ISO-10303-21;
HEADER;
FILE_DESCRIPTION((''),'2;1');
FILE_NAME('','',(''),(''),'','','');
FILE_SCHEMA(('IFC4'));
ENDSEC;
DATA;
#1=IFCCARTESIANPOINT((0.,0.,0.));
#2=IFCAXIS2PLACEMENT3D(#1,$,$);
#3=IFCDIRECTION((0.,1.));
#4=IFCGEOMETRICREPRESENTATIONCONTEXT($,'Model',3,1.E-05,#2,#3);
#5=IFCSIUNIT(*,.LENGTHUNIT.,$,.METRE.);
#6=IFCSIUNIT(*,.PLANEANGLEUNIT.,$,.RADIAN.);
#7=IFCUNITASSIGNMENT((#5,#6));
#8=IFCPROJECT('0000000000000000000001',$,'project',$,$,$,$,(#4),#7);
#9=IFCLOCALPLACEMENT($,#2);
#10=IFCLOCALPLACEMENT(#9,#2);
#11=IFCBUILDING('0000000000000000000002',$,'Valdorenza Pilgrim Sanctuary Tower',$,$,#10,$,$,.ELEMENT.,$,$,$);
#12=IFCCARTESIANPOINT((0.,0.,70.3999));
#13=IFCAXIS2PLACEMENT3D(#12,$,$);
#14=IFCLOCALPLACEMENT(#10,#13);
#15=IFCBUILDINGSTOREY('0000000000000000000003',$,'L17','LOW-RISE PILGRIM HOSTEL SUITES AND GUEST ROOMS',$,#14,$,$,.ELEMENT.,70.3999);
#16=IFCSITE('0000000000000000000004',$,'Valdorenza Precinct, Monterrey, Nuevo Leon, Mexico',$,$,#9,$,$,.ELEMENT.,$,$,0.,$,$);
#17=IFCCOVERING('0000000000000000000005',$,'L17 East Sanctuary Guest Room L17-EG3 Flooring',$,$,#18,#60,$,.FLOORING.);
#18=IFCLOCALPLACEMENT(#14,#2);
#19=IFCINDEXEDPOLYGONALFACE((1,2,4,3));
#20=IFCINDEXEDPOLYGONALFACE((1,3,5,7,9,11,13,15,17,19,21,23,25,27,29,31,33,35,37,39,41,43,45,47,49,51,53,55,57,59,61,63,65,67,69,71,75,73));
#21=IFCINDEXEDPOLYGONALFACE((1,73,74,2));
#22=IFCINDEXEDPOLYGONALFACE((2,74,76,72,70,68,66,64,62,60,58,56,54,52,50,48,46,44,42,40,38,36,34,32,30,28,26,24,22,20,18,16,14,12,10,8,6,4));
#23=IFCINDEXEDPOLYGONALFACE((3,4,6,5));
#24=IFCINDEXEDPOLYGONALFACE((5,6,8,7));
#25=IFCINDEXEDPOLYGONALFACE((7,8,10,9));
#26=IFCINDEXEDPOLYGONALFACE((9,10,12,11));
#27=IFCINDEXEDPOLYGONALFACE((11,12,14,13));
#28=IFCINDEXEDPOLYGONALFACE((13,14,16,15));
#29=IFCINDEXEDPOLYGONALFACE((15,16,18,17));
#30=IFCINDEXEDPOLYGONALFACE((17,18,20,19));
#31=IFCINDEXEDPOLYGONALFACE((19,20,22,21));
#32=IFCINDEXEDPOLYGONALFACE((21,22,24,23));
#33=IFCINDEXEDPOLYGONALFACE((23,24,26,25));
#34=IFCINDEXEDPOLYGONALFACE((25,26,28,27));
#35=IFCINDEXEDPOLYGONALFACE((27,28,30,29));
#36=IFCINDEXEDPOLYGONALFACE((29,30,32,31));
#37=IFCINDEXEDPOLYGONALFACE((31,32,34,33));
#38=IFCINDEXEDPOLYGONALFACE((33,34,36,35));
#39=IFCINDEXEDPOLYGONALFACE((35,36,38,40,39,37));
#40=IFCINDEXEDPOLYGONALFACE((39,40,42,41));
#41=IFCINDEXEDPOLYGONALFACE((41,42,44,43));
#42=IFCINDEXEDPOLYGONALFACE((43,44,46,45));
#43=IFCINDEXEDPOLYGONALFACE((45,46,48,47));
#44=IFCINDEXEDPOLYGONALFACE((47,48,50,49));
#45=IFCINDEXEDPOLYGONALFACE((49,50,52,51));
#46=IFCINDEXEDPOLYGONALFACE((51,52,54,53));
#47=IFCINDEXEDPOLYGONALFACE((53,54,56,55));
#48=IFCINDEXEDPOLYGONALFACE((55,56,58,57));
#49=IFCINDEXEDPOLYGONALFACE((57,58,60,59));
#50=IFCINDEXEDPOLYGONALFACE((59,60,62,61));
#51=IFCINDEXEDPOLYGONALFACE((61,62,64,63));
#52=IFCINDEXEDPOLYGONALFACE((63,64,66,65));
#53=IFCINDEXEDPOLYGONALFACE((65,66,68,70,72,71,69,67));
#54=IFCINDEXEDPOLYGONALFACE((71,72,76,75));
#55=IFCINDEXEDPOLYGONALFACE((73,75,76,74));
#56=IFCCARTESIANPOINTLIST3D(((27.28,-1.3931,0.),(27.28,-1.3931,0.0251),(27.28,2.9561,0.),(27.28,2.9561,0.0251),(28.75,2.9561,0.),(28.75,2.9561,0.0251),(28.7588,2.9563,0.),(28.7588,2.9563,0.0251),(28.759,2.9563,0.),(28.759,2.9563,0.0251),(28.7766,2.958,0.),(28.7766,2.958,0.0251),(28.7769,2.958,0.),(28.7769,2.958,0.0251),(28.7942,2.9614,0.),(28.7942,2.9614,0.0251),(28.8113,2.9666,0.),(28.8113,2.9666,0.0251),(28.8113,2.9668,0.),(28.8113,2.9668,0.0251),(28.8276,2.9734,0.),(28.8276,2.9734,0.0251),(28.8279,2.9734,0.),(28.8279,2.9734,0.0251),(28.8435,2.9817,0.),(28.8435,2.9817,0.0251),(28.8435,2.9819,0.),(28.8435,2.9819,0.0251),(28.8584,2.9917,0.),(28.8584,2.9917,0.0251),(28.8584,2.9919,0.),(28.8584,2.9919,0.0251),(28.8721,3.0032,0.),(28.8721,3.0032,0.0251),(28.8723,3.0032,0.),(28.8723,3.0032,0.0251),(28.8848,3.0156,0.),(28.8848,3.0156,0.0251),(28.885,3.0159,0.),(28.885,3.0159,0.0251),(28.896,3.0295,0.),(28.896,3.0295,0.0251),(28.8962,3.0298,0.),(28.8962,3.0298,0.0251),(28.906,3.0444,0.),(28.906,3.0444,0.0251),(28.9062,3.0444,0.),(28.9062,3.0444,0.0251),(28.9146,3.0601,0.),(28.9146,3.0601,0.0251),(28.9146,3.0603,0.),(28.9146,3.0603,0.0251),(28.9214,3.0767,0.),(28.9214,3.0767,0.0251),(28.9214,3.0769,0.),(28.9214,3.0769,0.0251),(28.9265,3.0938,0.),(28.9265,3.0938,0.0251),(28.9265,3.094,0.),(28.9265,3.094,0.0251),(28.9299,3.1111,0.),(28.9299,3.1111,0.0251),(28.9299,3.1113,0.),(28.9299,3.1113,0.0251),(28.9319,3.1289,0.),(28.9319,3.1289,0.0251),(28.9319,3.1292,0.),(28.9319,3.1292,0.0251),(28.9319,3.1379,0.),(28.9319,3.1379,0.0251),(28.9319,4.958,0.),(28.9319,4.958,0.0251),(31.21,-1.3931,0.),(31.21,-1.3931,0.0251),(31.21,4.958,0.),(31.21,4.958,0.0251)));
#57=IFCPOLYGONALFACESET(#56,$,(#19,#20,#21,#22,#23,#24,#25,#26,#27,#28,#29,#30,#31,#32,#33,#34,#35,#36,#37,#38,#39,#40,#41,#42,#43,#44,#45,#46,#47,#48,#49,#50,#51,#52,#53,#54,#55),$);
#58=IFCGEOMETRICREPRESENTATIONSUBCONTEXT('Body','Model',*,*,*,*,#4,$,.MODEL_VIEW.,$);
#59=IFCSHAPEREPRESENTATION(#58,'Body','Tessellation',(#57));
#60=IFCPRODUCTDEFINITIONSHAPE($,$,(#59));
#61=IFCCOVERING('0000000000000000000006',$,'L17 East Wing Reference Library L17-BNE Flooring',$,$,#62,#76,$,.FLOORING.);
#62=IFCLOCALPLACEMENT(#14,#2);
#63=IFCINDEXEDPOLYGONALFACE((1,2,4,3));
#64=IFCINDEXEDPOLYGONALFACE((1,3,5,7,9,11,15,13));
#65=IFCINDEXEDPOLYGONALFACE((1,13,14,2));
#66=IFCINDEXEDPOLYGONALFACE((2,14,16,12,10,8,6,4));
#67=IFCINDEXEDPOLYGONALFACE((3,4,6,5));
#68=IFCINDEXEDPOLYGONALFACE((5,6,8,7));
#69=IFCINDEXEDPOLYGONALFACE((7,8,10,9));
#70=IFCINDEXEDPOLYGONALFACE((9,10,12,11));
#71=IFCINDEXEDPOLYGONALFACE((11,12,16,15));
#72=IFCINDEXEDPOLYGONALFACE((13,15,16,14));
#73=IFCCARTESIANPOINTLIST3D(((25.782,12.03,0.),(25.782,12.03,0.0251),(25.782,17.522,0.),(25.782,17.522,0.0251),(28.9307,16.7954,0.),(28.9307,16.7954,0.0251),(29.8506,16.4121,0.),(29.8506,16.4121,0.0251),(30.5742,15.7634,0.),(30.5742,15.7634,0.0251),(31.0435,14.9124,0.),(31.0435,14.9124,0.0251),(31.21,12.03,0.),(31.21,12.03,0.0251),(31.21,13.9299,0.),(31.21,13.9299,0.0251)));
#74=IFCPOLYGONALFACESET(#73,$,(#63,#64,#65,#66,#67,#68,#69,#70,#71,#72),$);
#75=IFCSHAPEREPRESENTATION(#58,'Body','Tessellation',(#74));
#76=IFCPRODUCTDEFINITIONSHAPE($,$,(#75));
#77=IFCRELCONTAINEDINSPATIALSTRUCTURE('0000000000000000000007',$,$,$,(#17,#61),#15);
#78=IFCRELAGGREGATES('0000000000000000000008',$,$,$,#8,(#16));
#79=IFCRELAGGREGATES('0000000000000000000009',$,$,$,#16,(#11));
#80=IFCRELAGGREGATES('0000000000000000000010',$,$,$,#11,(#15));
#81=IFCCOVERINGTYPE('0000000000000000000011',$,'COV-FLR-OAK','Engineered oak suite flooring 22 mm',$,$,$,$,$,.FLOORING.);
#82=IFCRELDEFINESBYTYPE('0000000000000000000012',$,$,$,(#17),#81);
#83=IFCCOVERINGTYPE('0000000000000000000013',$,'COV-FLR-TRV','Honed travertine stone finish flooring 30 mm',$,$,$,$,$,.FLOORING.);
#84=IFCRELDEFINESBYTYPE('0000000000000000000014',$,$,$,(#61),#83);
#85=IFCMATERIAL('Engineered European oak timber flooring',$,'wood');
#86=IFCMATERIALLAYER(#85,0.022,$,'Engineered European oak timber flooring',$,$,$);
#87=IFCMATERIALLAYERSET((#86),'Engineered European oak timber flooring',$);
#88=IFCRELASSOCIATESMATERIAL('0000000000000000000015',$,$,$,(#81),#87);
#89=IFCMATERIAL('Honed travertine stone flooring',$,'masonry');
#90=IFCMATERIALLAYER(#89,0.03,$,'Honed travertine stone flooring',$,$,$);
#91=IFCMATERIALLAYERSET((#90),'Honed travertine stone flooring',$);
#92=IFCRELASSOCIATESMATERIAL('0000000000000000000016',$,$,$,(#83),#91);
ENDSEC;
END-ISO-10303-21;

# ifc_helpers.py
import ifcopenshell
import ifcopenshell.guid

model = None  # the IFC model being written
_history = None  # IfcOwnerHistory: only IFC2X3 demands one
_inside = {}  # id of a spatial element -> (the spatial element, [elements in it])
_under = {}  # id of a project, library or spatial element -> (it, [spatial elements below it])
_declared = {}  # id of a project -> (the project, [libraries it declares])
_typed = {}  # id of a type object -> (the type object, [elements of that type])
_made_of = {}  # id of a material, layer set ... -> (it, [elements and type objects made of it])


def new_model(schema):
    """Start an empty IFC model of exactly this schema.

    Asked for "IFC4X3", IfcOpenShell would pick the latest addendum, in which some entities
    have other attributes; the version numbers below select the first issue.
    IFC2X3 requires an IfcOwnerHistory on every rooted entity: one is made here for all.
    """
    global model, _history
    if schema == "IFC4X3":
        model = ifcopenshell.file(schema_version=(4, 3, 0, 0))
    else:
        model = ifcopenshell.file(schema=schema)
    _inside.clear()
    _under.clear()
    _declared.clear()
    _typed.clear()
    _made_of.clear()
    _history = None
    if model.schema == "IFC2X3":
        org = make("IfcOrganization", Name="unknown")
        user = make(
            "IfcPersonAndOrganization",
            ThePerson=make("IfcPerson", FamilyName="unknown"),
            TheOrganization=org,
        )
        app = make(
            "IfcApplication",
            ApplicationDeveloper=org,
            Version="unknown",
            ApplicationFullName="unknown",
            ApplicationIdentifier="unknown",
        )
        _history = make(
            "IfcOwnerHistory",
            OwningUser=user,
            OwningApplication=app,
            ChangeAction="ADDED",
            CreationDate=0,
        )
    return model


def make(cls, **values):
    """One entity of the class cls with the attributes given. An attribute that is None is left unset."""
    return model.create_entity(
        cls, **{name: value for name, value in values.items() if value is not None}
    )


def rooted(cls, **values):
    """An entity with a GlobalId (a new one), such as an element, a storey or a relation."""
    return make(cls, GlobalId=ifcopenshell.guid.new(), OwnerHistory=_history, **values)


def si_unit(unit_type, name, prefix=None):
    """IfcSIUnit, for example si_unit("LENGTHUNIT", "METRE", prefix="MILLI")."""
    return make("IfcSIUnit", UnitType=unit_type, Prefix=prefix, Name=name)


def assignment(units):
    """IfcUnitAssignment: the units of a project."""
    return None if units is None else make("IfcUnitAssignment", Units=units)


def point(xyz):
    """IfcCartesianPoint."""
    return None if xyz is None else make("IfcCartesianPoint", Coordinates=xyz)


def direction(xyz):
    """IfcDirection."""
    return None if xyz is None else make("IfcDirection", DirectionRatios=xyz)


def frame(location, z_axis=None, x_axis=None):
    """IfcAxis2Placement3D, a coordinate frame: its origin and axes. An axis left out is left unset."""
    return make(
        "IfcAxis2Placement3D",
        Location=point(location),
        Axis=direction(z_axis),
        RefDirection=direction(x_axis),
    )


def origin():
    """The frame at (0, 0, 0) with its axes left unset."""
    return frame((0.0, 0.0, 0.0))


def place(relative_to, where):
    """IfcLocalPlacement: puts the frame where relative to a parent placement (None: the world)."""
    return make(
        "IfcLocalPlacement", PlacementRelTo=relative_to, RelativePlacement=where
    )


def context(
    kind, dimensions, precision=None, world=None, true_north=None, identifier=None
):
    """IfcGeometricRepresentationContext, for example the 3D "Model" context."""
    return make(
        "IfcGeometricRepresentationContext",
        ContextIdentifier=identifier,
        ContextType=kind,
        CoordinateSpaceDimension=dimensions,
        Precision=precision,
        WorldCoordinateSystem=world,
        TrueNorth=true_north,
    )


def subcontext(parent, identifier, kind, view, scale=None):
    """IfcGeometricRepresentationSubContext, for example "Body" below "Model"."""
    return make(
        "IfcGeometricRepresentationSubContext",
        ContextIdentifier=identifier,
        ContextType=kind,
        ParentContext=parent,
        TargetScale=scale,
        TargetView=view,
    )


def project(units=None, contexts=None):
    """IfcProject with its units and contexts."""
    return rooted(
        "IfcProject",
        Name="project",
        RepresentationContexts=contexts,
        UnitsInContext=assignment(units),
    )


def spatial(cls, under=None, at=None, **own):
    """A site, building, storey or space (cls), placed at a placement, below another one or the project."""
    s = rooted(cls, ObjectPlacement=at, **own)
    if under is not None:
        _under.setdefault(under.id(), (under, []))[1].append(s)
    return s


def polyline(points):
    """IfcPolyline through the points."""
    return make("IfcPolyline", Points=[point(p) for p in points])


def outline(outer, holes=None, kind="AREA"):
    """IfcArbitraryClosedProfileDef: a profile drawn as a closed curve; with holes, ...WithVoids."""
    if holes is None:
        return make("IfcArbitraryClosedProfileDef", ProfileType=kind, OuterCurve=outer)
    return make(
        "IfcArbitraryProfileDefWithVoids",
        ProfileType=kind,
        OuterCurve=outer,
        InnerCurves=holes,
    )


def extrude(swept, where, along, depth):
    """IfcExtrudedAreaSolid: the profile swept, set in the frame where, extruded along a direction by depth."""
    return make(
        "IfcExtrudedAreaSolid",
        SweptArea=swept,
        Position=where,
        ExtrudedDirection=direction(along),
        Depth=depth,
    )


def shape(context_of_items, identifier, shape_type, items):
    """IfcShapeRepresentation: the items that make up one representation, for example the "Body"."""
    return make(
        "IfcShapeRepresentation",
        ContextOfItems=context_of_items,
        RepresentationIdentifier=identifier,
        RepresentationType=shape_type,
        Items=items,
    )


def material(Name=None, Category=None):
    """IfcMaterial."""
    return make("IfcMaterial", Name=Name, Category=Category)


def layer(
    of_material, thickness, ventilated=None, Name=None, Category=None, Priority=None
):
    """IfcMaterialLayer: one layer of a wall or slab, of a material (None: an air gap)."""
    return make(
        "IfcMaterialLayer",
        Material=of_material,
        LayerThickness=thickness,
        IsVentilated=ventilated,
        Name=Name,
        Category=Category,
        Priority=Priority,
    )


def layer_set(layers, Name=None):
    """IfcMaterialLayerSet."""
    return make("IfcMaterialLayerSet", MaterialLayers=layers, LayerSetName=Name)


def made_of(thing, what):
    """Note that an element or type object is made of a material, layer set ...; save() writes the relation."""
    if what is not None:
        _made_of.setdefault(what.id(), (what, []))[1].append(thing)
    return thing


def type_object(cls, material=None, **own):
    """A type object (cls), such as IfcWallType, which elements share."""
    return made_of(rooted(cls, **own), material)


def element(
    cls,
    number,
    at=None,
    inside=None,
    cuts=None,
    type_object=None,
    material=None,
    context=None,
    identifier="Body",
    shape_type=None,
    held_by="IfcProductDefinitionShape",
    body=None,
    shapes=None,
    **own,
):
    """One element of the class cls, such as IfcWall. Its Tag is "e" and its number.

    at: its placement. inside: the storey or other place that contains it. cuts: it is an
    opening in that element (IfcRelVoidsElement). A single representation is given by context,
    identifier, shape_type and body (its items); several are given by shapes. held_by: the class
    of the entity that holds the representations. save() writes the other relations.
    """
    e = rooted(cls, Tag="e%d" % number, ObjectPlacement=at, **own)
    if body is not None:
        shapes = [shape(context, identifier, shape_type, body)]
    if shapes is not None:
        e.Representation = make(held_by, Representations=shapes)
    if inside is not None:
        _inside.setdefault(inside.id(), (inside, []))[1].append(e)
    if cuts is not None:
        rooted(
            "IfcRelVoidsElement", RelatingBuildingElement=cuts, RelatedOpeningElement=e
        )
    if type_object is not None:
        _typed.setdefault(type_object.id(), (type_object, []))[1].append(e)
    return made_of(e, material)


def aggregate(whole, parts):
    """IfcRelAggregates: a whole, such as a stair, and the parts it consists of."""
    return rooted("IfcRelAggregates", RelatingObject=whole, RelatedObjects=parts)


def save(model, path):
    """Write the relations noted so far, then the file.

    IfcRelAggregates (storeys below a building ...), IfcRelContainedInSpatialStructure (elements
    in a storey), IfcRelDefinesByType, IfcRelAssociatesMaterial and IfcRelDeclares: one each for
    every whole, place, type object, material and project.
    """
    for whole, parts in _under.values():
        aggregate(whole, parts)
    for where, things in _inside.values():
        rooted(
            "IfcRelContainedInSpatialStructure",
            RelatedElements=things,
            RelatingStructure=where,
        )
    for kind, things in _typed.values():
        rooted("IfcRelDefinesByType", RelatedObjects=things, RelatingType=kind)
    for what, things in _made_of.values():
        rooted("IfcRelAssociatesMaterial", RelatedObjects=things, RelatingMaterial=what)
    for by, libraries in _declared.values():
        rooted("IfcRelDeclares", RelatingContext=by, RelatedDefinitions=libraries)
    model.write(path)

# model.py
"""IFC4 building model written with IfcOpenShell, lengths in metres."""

from ifc_helpers import new_model, si_unit, direction, frame, origin, place, context, subcontext, project, spatial, polyline, outline, extrude, material, layer, layer_set, type_object, element, save


model = new_model("IFC4")

# Units and contexts
model_context = context("Model", 3, precision=1e-05, world=origin(), true_north=direction((0.0, 1.0)))
body_context = subcontext(model_context, "Body", "Model", "MODEL_VIEW")
ifc_project = project(units=[si_unit("LENGTHUNIT", "METRE"), si_unit("PLANEANGLEUNIT", "RADIAN")], contexts=[model_context])

# Site, building, storey
site_placement = place(None, origin())
site = spatial("IfcSite", under=ifc_project, at=site_placement, Name="Valdorenza Precinct, Monterrey, Nuevo Leon, Mexico", CompositionType="ELEMENT", RefElevation=0.0)
building_placement = place(site_placement, origin())
building = spatial("IfcBuilding", under=site, at=building_placement, Name="Valdorenza Pilgrim Sanctuary Tower", CompositionType="ELEMENT")
storey_placement = place(building_placement, frame((0.0, 0.0, 70.3999)))
storey = spatial("IfcBuildingStorey", under=building, at=storey_placement, Name="L17", Description="LOW-RISE PILGRIM HOSTEL SUITES AND GUEST ROOMS", CompositionType="ELEMENT", Elevation=70.3999)

# Coverings
ifc_material_1 = material(Name="Engineered European oak timber flooring", Category="wood")
ifc_layer_1 = layer(ifc_material_1, 0.022, Name="Engineered European oak timber flooring")
ifc_layer_set_1 = layer_set([ifc_layer_1], Name="Engineered European oak timber flooring")
covering_type_1 = type_object("IfcCoveringType", Name="COV-FLR-OAK", Description="Engineered oak suite flooring 22 mm", PredefinedType="FLOORING", material=ifc_layer_set_1)
covering_1_placement = place(storey_placement, origin())
element("IfcCovering", 1, at=covering_1_placement, inside=storey, type_object=covering_type_1, Name="L17 East Sanctuary Guest Room L17-EG3 Flooring", PredefinedType="FLOORING", context=body_context, shape_type="SweptSolid", body=[
    extrude(outline(polyline([(27.28, 2.9561), (28.75, 2.9561), (28.7588, 2.9563), (28.759, 2.9563), (28.7766, 2.958), (28.7769, 2.958), (28.7942, 2.9614), (28.7942, 2.9614), (28.8113, 2.9666), (28.8113, 2.9668), (28.8276, 2.9734), (28.8279, 2.9734), (28.8435, 2.9817), (28.8435, 2.9819), (28.8584, 2.9917), (28.8584, 2.9919), (28.8721, 3.0032), (28.8723, 3.0032), (28.8848, 3.0156), (28.885, 3.0159), (28.896, 3.0295), (28.8962, 3.0298), (28.906, 3.0444), (28.9062, 3.0444), (28.9146, 3.0601), (28.9146, 3.0603), (28.9214, 3.0767), (28.9214, 3.0769), (28.9265, 3.0938), (28.9265, 3.094), (28.9299, 3.1111), (28.9299, 3.1113), (28.9319, 3.1289), (28.9319, 3.1292), (28.9319, 3.1379), (28.9319, 4.958), (31.21, 4.958), (31.21, -1.3931), (27.28, -1.3931), (27.28, 2.9561)])), origin(), (0.0, 0.0, 1.0), 0.0251),
])
ifc_material_2 = material(Name="Honed travertine stone flooring", Category="masonry")
ifc_layer_2 = layer(ifc_material_2, 0.03, Name="Honed travertine stone flooring")
ifc_layer_set_2 = layer_set([ifc_layer_2], Name="Honed travertine stone flooring")
covering_type_2 = type_object("IfcCoveringType", Name="COV-FLR-TRV", Description="Honed travertine stone finish flooring 30 mm", PredefinedType="FLOORING", material=ifc_layer_set_2)
covering_2_placement = place(storey_placement, origin())
element("IfcCovering", 2, at=covering_2_placement, inside=storey, type_object=covering_type_2, Name="L17 East Wing Reference Library L17-BNE Flooring", PredefinedType="FLOORING", context=body_context, shape_type="SweptSolid", body=[
    extrude(outline(polyline([(28.9307, 16.7954), (29.8506, 16.4121), (30.5742, 15.7634), (31.0435, 14.9124), (31.21, 13.9299), (31.21, 12.03), (25.782, 12.03), (25.782, 17.522), (28.9307, 16.7954)])), origin(), (0.0, 0.0, 1.0), 0.0251),
])

save(model, "model.ifc")
